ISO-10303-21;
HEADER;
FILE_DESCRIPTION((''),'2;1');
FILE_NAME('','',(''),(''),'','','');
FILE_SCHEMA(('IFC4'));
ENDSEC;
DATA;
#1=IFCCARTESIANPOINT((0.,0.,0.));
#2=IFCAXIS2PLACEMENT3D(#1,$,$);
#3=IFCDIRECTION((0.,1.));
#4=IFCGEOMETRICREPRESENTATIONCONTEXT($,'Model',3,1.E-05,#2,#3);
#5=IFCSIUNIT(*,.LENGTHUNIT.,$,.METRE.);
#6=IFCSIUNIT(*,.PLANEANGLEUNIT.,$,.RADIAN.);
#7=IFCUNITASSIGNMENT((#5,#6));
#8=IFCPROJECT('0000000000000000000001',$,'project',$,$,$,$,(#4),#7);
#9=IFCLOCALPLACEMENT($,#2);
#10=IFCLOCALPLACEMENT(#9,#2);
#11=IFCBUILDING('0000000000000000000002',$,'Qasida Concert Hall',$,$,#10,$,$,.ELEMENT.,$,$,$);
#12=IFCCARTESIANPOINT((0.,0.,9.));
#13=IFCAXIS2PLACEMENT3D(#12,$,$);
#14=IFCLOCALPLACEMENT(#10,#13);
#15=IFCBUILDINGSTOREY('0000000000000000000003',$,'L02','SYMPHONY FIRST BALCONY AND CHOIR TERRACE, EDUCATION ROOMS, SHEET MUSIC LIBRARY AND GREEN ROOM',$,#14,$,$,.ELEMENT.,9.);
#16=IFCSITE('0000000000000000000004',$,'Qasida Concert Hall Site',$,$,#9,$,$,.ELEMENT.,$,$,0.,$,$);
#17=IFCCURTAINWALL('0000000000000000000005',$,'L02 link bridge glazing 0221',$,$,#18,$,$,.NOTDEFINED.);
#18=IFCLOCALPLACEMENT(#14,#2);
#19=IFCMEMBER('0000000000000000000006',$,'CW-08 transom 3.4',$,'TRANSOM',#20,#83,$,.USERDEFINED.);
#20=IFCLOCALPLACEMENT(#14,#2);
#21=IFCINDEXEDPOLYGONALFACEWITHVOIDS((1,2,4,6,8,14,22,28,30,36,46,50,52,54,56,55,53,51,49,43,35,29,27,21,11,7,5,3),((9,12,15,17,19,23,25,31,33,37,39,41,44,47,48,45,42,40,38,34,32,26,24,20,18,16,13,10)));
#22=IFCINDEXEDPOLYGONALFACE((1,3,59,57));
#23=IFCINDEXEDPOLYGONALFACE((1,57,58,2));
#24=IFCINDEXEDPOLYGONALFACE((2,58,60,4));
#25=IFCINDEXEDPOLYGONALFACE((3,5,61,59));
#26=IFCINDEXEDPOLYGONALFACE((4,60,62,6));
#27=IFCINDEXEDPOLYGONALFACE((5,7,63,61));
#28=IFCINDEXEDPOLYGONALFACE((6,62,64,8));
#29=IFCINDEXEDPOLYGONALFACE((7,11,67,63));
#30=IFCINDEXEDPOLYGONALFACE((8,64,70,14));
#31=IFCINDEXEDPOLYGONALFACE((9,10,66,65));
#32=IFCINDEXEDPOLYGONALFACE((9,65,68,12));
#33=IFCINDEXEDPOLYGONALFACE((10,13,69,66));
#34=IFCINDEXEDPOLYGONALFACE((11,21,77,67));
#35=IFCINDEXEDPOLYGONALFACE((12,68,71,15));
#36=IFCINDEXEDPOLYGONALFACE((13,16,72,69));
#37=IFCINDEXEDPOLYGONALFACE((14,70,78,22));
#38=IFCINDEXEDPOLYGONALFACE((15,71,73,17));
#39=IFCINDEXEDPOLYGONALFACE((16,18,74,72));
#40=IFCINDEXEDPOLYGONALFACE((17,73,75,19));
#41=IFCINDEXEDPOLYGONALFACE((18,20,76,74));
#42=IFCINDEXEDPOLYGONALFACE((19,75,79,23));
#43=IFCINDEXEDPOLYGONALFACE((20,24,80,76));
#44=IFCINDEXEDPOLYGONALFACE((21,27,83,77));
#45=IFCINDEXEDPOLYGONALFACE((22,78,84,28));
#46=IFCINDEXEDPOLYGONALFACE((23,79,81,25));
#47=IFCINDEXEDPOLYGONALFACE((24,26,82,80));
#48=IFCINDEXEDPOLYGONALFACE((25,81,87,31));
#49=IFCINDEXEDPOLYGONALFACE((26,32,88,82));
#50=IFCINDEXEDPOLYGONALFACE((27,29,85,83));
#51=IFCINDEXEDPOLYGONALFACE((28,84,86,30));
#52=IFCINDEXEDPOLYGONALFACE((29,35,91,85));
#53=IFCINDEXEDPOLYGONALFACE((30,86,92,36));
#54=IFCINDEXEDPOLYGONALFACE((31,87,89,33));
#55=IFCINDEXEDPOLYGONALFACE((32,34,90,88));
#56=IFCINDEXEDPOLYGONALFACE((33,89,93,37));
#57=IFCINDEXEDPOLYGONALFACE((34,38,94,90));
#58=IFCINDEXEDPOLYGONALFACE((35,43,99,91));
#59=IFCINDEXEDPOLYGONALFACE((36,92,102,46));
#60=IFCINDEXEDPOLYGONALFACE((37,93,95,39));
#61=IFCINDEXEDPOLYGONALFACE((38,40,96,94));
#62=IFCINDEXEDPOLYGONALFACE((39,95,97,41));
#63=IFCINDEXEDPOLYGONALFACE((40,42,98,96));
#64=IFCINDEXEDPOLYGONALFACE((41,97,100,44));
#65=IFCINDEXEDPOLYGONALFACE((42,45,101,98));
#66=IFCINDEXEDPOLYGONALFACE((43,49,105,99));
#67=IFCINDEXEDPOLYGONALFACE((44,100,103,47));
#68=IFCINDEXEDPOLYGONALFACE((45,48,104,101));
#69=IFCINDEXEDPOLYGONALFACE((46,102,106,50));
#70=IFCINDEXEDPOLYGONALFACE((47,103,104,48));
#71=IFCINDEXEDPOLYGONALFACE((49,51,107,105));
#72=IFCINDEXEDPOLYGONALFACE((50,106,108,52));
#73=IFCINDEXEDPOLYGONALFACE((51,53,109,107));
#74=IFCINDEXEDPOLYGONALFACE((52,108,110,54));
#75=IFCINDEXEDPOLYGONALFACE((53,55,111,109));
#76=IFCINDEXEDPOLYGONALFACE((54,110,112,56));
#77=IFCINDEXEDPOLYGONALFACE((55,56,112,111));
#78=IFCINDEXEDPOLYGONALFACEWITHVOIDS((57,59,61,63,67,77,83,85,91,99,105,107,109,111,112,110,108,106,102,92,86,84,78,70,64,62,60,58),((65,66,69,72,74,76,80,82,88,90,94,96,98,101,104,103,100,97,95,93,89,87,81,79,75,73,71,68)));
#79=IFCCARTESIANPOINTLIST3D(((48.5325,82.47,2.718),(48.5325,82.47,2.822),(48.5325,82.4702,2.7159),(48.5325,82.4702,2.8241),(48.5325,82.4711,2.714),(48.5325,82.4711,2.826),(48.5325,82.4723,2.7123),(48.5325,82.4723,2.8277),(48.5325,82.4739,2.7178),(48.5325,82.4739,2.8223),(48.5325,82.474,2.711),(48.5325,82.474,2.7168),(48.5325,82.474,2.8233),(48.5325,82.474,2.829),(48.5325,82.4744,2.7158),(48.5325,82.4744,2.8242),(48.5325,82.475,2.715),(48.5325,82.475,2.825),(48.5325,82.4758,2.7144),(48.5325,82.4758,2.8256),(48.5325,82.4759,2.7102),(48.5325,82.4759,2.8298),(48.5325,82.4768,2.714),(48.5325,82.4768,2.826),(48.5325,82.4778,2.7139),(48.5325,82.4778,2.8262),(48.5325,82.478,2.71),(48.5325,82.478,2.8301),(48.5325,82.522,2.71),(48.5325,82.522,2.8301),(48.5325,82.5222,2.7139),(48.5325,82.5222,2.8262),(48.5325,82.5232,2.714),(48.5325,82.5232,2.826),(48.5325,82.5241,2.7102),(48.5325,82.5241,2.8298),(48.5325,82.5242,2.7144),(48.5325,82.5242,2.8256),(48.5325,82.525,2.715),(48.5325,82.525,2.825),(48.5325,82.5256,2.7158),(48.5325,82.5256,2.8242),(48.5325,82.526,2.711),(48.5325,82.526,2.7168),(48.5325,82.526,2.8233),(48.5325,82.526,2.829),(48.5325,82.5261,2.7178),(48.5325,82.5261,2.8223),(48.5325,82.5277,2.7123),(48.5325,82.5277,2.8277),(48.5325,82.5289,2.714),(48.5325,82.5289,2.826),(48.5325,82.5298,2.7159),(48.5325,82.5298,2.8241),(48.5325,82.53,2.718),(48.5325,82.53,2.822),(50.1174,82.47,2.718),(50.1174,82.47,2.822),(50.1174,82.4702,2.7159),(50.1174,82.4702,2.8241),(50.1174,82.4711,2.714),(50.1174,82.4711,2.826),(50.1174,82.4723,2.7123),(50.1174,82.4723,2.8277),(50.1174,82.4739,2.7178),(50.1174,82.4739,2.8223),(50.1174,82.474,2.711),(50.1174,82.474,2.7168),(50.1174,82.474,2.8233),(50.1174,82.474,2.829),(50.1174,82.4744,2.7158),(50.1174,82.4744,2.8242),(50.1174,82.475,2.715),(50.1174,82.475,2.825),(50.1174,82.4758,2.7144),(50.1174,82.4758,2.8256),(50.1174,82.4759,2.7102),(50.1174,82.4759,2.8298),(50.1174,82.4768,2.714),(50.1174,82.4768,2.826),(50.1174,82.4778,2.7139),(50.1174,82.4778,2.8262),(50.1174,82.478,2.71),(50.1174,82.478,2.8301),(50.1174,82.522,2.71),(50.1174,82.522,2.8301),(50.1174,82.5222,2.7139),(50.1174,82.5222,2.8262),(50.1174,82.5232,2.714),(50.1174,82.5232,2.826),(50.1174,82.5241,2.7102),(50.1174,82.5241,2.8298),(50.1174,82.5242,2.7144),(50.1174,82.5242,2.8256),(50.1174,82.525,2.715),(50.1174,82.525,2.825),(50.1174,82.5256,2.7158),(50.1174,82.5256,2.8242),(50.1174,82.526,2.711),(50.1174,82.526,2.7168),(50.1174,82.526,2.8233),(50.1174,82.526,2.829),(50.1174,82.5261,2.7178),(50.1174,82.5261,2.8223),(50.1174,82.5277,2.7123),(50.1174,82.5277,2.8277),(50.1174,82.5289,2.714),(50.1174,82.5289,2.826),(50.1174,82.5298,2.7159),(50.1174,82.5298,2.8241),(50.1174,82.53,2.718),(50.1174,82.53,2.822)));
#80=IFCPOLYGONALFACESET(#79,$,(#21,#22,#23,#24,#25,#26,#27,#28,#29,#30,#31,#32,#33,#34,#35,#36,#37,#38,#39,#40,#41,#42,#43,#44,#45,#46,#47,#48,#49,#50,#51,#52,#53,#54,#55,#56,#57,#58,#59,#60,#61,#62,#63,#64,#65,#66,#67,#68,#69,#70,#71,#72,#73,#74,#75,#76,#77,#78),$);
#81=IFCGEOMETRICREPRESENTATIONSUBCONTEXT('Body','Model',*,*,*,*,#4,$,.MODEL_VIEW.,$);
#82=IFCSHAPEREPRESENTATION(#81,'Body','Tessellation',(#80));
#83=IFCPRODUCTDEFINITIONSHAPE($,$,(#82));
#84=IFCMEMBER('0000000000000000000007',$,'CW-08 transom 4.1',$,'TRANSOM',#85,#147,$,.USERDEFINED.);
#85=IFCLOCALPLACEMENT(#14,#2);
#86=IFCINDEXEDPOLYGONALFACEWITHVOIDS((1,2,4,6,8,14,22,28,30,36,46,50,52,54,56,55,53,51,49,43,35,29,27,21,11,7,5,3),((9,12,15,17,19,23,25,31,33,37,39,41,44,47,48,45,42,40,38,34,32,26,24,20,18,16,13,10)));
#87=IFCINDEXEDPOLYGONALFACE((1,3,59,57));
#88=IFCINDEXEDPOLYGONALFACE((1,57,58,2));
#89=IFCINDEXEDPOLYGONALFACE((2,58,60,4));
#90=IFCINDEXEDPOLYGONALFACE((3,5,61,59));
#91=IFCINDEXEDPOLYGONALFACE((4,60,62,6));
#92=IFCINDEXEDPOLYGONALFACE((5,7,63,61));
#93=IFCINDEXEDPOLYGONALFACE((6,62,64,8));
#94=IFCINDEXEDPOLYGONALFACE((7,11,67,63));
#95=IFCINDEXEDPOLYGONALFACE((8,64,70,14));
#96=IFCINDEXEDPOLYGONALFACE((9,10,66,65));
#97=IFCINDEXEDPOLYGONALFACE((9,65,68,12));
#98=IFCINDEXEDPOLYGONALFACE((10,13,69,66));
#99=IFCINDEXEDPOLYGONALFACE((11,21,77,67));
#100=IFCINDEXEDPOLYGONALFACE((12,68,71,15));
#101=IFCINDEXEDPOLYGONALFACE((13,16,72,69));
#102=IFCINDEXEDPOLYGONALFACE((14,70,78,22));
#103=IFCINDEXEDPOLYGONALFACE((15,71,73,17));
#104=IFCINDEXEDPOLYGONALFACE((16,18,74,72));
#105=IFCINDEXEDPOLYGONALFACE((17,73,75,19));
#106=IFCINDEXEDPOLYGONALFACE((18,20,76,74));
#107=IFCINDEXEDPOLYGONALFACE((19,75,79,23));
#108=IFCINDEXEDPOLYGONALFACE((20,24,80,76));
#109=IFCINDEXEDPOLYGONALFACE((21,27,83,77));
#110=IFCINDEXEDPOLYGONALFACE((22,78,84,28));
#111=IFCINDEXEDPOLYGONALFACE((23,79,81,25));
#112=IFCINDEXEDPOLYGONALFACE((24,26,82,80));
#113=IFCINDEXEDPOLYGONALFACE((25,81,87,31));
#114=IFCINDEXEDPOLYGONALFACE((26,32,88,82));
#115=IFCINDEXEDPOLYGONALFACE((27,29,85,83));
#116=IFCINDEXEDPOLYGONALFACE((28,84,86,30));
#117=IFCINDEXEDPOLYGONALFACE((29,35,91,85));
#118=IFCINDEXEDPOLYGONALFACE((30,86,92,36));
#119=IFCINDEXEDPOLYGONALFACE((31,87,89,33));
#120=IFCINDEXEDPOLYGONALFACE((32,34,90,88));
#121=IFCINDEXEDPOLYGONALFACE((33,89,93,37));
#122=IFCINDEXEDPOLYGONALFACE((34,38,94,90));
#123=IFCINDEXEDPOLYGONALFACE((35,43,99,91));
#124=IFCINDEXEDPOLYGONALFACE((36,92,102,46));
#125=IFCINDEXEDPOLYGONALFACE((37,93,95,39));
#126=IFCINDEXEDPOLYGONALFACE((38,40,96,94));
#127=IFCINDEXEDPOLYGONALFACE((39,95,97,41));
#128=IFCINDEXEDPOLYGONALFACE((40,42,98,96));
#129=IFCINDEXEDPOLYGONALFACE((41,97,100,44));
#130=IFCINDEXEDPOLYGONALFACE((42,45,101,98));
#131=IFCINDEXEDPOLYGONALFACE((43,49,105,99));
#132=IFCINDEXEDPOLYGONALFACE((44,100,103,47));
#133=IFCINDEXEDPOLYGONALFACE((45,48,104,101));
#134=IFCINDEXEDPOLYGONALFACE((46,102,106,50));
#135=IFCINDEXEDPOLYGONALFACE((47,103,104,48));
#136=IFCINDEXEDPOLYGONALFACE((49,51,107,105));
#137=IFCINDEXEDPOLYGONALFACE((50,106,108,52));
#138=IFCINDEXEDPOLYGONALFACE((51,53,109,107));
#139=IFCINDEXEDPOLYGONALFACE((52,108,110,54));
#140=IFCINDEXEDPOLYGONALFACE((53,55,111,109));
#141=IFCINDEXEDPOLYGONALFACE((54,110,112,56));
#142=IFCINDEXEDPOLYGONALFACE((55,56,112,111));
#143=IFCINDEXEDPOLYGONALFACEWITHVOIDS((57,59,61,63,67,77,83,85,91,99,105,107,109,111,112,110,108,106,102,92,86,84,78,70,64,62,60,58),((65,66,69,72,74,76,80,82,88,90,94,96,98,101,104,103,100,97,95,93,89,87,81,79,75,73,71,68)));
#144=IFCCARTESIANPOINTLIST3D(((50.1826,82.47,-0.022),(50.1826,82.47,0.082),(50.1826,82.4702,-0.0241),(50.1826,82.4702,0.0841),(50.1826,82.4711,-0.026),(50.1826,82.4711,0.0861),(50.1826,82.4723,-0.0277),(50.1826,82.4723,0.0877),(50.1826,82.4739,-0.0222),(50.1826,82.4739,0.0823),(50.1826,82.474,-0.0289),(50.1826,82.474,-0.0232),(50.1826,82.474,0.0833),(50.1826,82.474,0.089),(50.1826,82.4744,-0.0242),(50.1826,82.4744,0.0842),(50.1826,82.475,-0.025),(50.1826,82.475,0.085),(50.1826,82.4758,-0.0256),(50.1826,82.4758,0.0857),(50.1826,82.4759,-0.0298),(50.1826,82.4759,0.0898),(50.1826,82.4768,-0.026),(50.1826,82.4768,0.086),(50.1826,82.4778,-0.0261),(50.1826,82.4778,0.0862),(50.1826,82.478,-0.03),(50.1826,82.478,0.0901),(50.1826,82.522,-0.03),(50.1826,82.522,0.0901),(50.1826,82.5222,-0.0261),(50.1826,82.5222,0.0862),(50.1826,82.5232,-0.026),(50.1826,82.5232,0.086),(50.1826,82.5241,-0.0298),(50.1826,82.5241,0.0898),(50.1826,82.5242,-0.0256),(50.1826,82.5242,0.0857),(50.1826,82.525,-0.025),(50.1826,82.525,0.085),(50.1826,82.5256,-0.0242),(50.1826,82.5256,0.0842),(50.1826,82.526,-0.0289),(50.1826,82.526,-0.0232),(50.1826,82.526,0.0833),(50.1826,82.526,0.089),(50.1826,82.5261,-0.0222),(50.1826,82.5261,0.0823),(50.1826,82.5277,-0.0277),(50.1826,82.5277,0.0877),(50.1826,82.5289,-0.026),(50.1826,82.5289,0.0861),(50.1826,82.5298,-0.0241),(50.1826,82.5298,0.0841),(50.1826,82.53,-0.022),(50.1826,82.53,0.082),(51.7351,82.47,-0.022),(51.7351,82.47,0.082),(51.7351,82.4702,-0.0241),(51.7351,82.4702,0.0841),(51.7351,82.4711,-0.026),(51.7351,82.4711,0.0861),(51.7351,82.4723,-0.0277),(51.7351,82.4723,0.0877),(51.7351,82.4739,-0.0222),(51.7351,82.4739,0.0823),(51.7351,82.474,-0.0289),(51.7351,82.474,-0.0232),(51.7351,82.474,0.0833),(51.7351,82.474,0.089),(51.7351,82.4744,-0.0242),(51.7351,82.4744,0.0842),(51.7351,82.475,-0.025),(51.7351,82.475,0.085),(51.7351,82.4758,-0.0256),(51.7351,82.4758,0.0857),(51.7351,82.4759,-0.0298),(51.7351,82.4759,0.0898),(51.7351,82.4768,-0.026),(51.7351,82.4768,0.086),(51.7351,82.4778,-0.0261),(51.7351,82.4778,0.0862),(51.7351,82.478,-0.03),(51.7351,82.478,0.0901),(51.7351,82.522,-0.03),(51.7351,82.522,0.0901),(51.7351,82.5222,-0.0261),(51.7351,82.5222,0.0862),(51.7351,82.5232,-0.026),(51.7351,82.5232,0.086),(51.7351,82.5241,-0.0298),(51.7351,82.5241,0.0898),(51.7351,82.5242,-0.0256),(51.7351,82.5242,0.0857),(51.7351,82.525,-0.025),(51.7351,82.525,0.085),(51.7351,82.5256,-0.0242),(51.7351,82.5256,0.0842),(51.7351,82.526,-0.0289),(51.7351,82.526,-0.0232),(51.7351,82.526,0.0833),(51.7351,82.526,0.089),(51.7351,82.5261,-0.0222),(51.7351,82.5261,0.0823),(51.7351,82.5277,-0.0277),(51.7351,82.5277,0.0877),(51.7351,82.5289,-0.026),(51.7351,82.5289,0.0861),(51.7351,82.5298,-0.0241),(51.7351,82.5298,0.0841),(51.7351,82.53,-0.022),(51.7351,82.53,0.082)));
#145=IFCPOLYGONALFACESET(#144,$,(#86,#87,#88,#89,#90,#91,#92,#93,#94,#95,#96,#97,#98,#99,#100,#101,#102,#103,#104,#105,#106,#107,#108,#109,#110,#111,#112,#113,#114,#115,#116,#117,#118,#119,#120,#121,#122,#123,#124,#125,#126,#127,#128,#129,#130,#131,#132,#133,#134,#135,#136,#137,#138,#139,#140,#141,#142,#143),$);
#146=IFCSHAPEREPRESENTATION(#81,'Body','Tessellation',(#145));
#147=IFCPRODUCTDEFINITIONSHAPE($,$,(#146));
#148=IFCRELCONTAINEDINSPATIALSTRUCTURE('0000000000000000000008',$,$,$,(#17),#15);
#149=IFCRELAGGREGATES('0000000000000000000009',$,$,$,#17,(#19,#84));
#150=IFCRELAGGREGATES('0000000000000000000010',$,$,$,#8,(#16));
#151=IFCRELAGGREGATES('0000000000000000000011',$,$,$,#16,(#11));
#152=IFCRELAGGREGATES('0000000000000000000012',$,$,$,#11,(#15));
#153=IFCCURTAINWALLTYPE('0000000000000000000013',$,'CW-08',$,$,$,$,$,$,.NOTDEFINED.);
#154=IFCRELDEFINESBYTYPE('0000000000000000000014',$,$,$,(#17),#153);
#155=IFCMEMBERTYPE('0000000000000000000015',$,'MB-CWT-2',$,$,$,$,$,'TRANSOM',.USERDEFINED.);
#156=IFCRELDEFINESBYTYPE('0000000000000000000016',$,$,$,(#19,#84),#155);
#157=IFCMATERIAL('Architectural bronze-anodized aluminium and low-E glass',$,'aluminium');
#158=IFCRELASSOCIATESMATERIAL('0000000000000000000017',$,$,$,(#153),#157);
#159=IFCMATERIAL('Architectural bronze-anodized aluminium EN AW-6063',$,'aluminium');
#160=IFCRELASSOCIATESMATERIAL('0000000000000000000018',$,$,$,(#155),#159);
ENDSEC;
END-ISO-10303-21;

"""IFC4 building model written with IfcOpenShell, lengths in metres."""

from ifc_helpers import new_model, si_unit, direction, frame, origin, origin_2d, place, context, subcontext, project, spatial, hollow_rectangle, extrude, material, material_profile, profile_set, type_object, element, aggregate, save


model = new_model("IFC4")

# Units and contexts
model_context = context("Model", 3, precision=1e-05, world=origin(), true_north=direction((0.0, 1.0)))
body_context = subcontext(model_context, "Body", "Model", "MODEL_VIEW")
ifc_project = project(units=[si_unit("LENGTHUNIT", "METRE"), si_unit("PLANEANGLEUNIT", "RADIAN")], contexts=[model_context])

# Site, building, storey
site_placement = place(None, origin())
site = spatial("IfcSite", under=ifc_project, at=site_placement, Name="Qasida Concert Hall Site", CompositionType="ELEMENT", RefElevation=0.0)
building_placement = place(site_placement, origin())
building = spatial("IfcBuilding", under=site, at=building_placement, Name="Qasida Concert Hall", CompositionType="ELEMENT")
storey_placement = place(building_placement, frame((0.0, 0.0, 9.0)))
storey = spatial("IfcBuildingStorey", under=building, at=storey_placement, Name="L02", Description="SYMPHONY FIRST BALCONY AND CHOIR TERRACE, EDUCATION ROOMS, SHEET MUSIC LIBRARY AND GREEN ROOM", CompositionType="ELEMENT", Elevation=9.0)

# Curtain wall, members
ifc_material_1 = material(Name="Architectural bronze-anodized aluminium and low-E glass", Category="aluminium")
curtain_wall_type = type_object("IfcCurtainWallType", Name="CW-08", PredefinedType="NOTDEFINED", material=ifc_material_1)
curtain_wall_placement = place(storey_placement, origin())
curtain_wall = element("IfcCurtainWall", 1, at=curtain_wall_placement, inside=storey, type_object=curtain_wall_type, Name="L02 link bridge glazing 0221", PredefinedType="NOTDEFINED")
ifc_material_2 = material(Name="Architectural bronze-anodized aluminium EN AW-6063", Category="aluminium")
ifc_material_profile_1 = material_profile(ifc_material_2, hollow_rectangle(XDim=0.0601, YDim=0.1201, WallThickness=0.0039, InnerFilletRadius=0.0039, OuterFilletRadius=0.0081, at=origin_2d()), Name="CWT 120x60x4")
ifc_profile_set_1 = profile_set([ifc_material_profile_1], Name="Architectural bronze-anodized aluminium EN AW-6063")
member_type_1 = type_object("IfcMemberType", Name="MB-CWT-2", ElementType="TRANSOM", PredefinedType="USERDEFINED", material=ifc_profile_set_1)
member_1_placement = place(storey_placement, frame((48.5325, 82.5, 2.77), z_axis=(1.0, 0.0, 0.0), x_axis=(0.0, 1.0, 0.0)))
member_1 = element("IfcMember", 2, at=member_1_placement, type_object=member_type_1, Name="CW-08 transom 3.4", ObjectType="TRANSOM", PredefinedType="USERDEFINED", context=body_context, shape_type="SweptSolid", body=[
    extrude(hollow_rectangle(XDim=0.0601, YDim=0.1201, WallThickness=0.0039, InnerFilletRadius=0.0039, OuterFilletRadius=0.0081, at=origin_2d()), origin(), (0.0, 0.0, 1.0), 1.585),
])
member_2_placement = place(storey_placement, frame((50.1826, 82.5, 0.03), z_axis=(1.0, 0.0, 0.0), x_axis=(0.0, 1.0, 0.0)))
member_2 = element("IfcMember", 3, at=member_2_placement, type_object=member_type_1, Name="CW-08 transom 4.1", ObjectType="TRANSOM", PredefinedType="USERDEFINED", context=body_context, shape_type="SweptSolid", body=[
    extrude(hollow_rectangle(XDim=0.0601, YDim=0.1201, WallThickness=0.0039, InnerFilletRadius=0.0039, OuterFilletRadius=0.0081, at=origin_2d()), origin(), (0.0, 0.0, 1.0), 1.5525),
])
aggregate(curtain_wall, [member_1, member_2])

save(model, "model.ifc")
